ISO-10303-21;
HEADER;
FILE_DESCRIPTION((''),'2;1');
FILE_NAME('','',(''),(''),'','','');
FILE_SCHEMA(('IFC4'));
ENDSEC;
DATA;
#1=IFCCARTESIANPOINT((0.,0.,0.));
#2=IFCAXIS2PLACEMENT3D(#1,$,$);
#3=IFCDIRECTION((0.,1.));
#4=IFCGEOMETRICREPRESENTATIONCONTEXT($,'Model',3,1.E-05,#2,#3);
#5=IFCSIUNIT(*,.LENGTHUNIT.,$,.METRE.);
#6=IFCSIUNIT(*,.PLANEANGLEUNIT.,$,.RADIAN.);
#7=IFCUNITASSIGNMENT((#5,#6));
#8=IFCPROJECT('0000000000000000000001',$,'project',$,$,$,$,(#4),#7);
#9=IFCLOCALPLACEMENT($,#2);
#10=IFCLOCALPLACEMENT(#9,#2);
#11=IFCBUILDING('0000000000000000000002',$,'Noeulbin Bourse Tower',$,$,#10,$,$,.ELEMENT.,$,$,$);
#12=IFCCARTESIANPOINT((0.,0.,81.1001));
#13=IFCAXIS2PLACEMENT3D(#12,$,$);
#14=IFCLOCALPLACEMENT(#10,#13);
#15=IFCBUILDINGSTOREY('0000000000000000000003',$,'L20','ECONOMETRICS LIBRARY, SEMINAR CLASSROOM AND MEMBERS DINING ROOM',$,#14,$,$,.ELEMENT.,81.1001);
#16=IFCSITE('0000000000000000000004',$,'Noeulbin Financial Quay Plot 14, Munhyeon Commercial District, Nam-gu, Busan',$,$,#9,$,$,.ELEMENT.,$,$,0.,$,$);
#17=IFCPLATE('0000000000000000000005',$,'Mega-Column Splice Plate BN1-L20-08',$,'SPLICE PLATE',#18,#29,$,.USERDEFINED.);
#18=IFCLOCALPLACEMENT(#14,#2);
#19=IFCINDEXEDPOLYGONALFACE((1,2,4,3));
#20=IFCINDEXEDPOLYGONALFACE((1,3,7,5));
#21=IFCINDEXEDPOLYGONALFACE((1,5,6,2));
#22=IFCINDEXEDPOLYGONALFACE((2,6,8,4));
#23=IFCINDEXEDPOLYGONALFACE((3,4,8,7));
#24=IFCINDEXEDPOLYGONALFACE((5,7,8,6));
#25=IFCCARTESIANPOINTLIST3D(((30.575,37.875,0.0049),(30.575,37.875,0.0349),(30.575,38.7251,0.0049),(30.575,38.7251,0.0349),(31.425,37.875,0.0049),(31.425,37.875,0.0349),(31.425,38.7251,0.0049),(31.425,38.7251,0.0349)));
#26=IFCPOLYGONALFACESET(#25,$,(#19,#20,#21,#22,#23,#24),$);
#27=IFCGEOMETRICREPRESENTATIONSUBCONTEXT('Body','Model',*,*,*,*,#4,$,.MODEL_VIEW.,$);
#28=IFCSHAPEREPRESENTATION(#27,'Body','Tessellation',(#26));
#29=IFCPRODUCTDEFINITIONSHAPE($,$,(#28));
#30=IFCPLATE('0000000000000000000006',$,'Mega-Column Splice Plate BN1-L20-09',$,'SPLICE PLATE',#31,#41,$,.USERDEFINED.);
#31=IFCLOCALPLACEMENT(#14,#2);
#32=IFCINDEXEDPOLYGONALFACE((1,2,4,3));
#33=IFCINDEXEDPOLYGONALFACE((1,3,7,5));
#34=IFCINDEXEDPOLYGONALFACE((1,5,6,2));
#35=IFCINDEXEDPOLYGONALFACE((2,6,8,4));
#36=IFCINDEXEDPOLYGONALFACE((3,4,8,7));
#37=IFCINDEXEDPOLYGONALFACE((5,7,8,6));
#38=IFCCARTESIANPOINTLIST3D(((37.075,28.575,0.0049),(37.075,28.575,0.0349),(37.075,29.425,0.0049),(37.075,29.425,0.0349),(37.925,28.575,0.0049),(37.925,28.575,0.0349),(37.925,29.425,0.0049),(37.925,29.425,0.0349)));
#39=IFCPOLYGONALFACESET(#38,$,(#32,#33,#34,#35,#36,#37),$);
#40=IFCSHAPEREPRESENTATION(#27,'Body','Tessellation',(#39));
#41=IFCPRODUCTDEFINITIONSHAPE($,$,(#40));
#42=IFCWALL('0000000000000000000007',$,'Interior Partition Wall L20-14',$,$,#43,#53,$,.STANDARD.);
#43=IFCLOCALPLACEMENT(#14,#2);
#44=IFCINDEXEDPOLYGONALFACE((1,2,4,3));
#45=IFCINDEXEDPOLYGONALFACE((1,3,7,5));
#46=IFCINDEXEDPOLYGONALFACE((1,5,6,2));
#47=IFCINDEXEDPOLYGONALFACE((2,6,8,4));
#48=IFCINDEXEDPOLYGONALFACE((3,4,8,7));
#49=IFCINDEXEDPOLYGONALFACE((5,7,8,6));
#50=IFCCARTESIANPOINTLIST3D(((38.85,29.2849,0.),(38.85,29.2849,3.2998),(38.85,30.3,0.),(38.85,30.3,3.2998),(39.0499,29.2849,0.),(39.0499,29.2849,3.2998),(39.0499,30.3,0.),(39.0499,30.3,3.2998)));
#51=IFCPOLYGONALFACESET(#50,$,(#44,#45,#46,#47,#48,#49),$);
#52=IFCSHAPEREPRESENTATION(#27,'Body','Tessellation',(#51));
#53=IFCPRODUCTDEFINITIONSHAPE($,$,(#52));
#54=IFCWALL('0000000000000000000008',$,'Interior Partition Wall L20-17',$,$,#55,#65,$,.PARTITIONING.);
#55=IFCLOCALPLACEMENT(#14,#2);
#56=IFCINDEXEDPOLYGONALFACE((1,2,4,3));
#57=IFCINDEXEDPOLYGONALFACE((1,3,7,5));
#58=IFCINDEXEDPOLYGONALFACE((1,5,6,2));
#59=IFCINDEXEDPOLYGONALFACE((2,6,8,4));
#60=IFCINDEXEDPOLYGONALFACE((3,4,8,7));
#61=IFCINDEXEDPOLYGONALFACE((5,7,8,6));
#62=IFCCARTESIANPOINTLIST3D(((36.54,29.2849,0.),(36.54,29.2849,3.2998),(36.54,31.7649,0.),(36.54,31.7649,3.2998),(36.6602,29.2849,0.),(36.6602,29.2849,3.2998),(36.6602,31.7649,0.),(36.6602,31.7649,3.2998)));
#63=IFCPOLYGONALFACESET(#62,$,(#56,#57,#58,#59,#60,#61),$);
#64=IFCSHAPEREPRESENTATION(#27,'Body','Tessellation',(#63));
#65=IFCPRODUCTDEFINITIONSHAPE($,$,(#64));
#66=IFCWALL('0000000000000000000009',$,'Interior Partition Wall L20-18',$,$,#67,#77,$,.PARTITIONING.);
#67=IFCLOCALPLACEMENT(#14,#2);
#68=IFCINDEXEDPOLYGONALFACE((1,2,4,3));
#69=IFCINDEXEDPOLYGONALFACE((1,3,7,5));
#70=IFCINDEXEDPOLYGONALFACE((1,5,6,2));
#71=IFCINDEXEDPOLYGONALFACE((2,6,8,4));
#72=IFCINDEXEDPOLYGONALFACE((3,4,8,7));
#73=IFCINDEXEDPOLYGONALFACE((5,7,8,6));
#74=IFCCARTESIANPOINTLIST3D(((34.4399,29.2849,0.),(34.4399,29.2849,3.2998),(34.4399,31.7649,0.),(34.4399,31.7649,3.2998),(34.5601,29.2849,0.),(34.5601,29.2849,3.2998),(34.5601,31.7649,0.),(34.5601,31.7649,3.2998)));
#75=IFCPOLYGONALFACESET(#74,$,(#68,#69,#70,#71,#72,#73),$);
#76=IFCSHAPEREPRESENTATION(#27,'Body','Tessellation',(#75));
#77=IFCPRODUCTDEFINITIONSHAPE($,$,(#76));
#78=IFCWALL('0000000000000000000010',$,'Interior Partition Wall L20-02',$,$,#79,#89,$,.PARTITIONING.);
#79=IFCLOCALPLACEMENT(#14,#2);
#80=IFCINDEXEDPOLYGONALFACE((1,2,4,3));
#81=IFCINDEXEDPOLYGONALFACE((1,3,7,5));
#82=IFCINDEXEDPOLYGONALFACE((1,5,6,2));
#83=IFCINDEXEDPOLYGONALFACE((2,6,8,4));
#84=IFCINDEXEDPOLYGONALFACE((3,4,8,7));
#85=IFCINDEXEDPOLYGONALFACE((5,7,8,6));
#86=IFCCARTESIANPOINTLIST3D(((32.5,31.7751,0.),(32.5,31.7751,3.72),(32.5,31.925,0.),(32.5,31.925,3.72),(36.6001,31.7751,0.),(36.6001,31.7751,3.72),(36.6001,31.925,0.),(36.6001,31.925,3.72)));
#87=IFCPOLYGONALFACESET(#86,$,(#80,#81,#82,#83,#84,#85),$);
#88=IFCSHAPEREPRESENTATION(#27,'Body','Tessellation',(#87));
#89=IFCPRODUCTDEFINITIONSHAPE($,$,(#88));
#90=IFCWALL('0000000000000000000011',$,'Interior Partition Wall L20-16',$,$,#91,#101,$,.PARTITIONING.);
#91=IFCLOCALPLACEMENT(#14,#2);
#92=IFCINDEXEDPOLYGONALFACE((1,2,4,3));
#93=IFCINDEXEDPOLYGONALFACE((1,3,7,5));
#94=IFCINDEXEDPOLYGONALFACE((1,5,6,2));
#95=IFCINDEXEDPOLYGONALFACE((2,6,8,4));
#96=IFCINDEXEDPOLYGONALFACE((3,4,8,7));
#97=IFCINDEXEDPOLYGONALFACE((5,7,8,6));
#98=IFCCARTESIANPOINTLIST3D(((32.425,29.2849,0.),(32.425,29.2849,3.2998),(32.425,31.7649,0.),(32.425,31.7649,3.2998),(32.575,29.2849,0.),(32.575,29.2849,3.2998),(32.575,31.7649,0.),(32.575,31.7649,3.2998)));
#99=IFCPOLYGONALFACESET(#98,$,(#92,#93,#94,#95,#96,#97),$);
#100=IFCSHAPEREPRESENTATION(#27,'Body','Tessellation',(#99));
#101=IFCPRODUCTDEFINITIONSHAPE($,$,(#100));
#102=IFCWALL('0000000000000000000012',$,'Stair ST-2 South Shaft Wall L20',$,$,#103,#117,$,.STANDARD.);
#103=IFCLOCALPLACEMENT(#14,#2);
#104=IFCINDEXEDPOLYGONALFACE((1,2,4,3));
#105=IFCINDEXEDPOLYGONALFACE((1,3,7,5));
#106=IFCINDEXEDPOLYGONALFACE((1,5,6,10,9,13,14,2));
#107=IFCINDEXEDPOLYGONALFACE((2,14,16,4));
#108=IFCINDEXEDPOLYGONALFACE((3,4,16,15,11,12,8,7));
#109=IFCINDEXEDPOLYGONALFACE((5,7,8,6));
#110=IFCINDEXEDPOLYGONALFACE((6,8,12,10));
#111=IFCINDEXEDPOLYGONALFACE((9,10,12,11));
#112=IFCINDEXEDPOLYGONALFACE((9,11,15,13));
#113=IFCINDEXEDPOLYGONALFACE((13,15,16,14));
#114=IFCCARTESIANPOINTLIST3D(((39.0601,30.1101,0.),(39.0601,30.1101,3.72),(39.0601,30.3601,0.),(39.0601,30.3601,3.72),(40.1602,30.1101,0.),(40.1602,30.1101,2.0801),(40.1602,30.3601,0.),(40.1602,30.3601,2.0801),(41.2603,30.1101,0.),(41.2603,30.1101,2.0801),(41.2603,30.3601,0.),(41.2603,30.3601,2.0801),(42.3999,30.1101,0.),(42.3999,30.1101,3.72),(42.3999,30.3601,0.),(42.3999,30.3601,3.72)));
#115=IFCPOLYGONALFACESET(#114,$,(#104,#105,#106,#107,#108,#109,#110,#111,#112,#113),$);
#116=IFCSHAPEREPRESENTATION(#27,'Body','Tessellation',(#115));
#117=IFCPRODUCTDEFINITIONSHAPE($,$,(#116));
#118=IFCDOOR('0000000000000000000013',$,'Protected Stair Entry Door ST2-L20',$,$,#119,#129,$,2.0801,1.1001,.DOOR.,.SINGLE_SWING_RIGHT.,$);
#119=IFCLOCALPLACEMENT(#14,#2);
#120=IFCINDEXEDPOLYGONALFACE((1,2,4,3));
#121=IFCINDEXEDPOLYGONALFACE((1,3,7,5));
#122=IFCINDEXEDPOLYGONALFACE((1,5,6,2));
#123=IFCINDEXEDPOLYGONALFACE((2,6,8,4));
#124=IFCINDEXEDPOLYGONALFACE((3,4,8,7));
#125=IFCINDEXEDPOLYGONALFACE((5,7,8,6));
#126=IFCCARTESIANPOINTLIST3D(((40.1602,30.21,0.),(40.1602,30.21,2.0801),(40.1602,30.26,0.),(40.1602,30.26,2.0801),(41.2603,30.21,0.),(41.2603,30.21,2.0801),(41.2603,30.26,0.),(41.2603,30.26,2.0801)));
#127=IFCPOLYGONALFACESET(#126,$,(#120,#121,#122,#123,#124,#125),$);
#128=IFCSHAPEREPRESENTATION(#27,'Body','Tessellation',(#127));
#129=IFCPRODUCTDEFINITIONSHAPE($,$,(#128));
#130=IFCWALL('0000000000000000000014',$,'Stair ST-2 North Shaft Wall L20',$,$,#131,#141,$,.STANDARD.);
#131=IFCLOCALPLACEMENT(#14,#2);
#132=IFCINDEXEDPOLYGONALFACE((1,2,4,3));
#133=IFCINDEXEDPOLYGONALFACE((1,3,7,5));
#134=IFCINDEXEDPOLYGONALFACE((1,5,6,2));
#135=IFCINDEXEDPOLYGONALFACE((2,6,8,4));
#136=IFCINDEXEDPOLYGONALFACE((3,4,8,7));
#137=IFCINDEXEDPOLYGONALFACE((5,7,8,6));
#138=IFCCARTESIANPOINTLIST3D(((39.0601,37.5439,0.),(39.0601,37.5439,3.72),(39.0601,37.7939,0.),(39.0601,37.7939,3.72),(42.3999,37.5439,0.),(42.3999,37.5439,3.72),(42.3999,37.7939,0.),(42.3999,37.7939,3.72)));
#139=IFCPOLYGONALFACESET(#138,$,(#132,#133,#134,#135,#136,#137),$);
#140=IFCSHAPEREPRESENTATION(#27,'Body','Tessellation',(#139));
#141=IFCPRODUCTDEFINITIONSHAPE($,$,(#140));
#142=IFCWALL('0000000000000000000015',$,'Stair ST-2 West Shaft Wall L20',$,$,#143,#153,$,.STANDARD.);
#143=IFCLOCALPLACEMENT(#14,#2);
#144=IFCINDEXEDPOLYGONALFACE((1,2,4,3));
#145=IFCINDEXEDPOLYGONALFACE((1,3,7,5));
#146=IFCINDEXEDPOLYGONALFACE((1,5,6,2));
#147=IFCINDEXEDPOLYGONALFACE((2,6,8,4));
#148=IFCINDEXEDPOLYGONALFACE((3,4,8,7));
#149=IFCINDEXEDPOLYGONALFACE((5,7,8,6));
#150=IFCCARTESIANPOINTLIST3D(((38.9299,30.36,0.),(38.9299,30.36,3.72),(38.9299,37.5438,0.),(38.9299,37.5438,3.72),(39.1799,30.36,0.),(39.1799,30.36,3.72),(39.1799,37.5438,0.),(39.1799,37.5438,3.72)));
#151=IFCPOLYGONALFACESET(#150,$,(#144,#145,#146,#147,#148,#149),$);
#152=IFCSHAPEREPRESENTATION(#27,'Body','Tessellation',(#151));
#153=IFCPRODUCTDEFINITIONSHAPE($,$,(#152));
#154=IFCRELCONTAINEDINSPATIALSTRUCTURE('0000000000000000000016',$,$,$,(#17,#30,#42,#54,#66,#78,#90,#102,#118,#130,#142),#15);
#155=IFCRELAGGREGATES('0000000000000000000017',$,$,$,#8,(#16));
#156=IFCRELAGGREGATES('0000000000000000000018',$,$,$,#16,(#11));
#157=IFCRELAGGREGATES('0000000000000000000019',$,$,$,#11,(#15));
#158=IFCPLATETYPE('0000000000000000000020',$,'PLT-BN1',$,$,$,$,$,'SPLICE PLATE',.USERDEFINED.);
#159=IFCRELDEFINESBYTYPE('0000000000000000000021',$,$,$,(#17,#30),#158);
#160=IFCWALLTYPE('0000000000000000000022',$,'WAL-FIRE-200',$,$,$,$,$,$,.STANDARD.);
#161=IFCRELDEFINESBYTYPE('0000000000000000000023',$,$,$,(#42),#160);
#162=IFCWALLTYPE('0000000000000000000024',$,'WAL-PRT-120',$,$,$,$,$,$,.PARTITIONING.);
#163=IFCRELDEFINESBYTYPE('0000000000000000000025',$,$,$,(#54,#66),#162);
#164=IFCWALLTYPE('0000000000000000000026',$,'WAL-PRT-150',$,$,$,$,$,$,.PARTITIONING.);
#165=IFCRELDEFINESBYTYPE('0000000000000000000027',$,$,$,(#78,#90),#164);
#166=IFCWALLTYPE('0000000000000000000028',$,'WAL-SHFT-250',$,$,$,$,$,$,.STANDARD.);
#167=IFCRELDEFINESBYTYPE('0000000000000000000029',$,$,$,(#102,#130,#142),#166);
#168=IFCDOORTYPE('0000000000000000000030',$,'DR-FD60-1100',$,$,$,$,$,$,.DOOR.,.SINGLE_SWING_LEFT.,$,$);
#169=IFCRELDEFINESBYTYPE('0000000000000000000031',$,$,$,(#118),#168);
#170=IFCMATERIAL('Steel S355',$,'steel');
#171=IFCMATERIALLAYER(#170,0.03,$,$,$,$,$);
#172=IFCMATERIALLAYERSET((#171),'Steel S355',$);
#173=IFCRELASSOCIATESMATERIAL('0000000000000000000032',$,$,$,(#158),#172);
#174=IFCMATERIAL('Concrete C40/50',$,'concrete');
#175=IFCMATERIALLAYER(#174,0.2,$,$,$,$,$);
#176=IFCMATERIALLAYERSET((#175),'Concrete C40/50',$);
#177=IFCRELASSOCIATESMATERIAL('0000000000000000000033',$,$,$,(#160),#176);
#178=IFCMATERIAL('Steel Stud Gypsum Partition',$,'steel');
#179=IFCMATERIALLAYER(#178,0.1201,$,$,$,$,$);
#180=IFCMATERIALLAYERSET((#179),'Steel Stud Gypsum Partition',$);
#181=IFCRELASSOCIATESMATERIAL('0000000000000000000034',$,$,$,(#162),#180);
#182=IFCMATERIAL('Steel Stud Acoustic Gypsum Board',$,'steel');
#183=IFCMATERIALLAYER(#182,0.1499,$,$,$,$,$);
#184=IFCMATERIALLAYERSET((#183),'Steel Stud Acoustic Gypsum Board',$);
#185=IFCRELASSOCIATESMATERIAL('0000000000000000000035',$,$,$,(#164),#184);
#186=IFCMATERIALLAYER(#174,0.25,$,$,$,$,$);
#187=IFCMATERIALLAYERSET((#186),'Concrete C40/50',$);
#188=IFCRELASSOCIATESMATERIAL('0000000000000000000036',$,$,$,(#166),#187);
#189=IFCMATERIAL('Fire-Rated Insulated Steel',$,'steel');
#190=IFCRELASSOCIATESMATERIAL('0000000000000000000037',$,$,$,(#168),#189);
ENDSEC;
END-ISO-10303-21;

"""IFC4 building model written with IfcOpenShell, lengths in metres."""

from ifc_helpers import new_model, si_unit, direction, frame, frame_2d, origin, origin_2d, place, context, subcontext, project, spatial, rectangle, extrude, material, layer, layer_set, type_object, element, fill, save


model = new_model("IFC4")

# Units and contexts
model_context = context("Model", 3, precision=1e-05, world=origin(), true_north=direction((0.0, 1.0)))
body_context = subcontext(model_context, "Body", "Model", "MODEL_VIEW")
ifc_project = project(units=[si_unit("LENGTHUNIT", "METRE"), si_unit("PLANEANGLEUNIT", "RADIAN")], contexts=[model_context])

# Site, building, storey
site_placement = place(None, origin())
site = spatial("IfcSite", under=ifc_project, at=site_placement, Name="Noeulbin Financial Quay Plot 14, Munhyeon Commercial District, Nam-gu, Busan", CompositionType="ELEMENT", RefElevation=0.0)
building_placement = place(site_placement, origin())
building = spatial("IfcBuilding", under=site, at=building_placement, Name="Noeulbin Bourse Tower", CompositionType="ELEMENT")
storey_placement = place(building_placement, frame((0.0, 0.0, 81.1001)))
storey = spatial("IfcBuildingStorey", under=building, at=storey_placement, Name="L20", Description="ECONOMETRICS LIBRARY, SEMINAR CLASSROOM AND MEMBERS DINING ROOM", CompositionType="ELEMENT", Elevation=81.1001)

# Shared definitions
ifc_material_1 = material(Name="Steel S355", Category="steel")

# Plates
ifc_layer_1 = layer(ifc_material_1, 0.03)
ifc_layer_set_1 = layer_set([ifc_layer_1], Name="Steel S355")
plate_type = type_object("IfcPlateType", Name="PLT-BN1", ElementType="SPLICE PLATE", PredefinedType="USERDEFINED", material=ifc_layer_set_1)
for number, where, z_axis, x_axis, name in (
    (1, (31.0, 38.3, 0.0049), (0.0, 0.0, 1.0), (1.0, 0.0, 0.0), "Mega-Column Splice Plate BN1-L20-08"),
    (2, (37.5, 29.0, 0.0049), (0.0, 0.0, 1.0), (1.0, 0.0, 0.0), "Mega-Column Splice Plate BN1-L20-09"),
):
    element("IfcPlate", number, at=place(storey_placement, frame(where, z_axis=z_axis, x_axis=x_axis)), inside=storey, type_object=plate_type, Name=name, ObjectType="SPLICE PLATE", PredefinedType="USERDEFINED", context=body_context, shape_type="SweptSolid", body=[
        extrude(rectangle(XDim=0.8501, YDim=0.8501, at=origin_2d()), origin(), (0.0, 0.0, 1.0), 0.03),
    ])

# Walls
ifc_material_2 = material(Name="Concrete C40/50", Category="concrete")
ifc_layer_2 = layer(ifc_material_2, 0.2)
ifc_layer_set_2 = layer_set([ifc_layer_2], Name="Concrete C40/50")
wall_type_1 = type_object("IfcWallType", Name="WAL-FIRE-200", PredefinedType="STANDARD", material=ifc_layer_set_2)
wall_1_placement = place(storey_placement, frame((38.95, 29.2849, 0.0), z_axis=(0.0, 0.0, 1.0), x_axis=(0.0, 1.0, 0.0)))
element("IfcWall", 3, at=wall_1_placement, inside=storey, type_object=wall_type_1, Name="Interior Partition Wall L20-14", PredefinedType="STANDARD", context=body_context, shape_type="SweptSolid", body=[
    extrude(rectangle(XDim=1.0151, YDim=0.2, at=frame_2d((0.5076, 0.0))), origin(), (0.0, 0.0, 1.0), 3.2998),
])
ifc_material_3 = material(Name="Steel Stud Gypsum Partition", Category="steel")
ifc_layer_3 = layer(ifc_material_3, 0.1201)
ifc_layer_set_3 = layer_set([ifc_layer_3], Name="Steel Stud Gypsum Partition")
wall_type_2 = type_object("IfcWallType", Name="WAL-PRT-120", PredefinedType="PARTITIONING", material=ifc_layer_set_3)
for number, where, z_axis, x_axis, name in (
    (4, (36.6001, 29.2849, 0.0), (0.0, 0.0, 1.0), (0.0, 1.0, 0.0), "Interior Partition Wall L20-17"),
    (5, (34.5, 29.2849, 0.0), (0.0, 0.0, 1.0), (0.0, 1.0, 0.0), "Interior Partition Wall L20-18"),
):
    element("IfcWall", number, at=place(storey_placement, frame(where, z_axis=z_axis, x_axis=x_axis)), inside=storey, type_object=wall_type_2, Name=name, PredefinedType="PARTITIONING", context=body_context, shape_type="SweptSolid", body=[
        extrude(rectangle(XDim=2.48, YDim=0.1201, at=frame_2d((1.24, 0.0))), origin(), (0.0, 0.0, 1.0), 3.2998),
    ])
ifc_material_4 = material(Name="Steel Stud Acoustic Gypsum Board", Category="steel")
ifc_layer_4 = layer(ifc_material_4, 0.1499)
ifc_layer_set_4 = layer_set([ifc_layer_4], Name="Steel Stud Acoustic Gypsum Board")
wall_type_3 = type_object("IfcWallType", Name="WAL-PRT-150", PredefinedType="PARTITIONING", material=ifc_layer_set_4)
wall_2_placement = place(storey_placement, frame((32.5, 31.8501, 0.0), z_axis=(0.0, 0.0, 1.0), x_axis=(1.0, 0.0, 0.0)))
element("IfcWall", 6, at=wall_2_placement, inside=storey, type_object=wall_type_3, Name="Interior Partition Wall L20-02", PredefinedType="PARTITIONING", context=body_context, shape_type="SweptSolid", body=[
    extrude(rectangle(XDim=4.1001, YDim=0.1499, at=frame_2d((2.05, 0.0))), origin(), (0.0, 0.0, 1.0), 3.72),
])
wall_3_placement = place(storey_placement, frame((32.5, 29.2849, 0.0), z_axis=(0.0, 0.0, 1.0), x_axis=(0.0, 1.0, 0.0)))
element("IfcWall", 7, at=wall_3_placement, inside=storey, type_object=wall_type_3, Name="Interior Partition Wall L20-16", PredefinedType="PARTITIONING", context=body_context, shape_type="SweptSolid", body=[
    extrude(rectangle(XDim=2.48, YDim=0.1499, at=frame_2d((1.24, 0.0))), origin(), (0.0, 0.0, 1.0), 3.2998),
])

# Wall, opening, door
ifc_layer_5 = layer(ifc_material_2, 0.25)
ifc_layer_set_5 = layer_set([ifc_layer_5], Name="Concrete C40/50")
wall_type_4 = type_object("IfcWallType", Name="WAL-SHFT-250", PredefinedType="STANDARD", material=ifc_layer_set_5)
wall_4_placement = place(storey_placement, frame((39.0601, 30.2351, 0.0), z_axis=(0.0, 0.0, 1.0), x_axis=(1.0, 0.0, 0.0)))
wall_4 = element("IfcWall", 8, at=wall_4_placement, inside=storey, type_object=wall_type_4, Name="Stair ST-2 South Shaft Wall L20", PredefinedType="STANDARD", context=body_context, shape_type="SweptSolid", body=[
    extrude(rectangle(XDim=3.3398, YDim=0.25, at=frame_2d((1.6699, 0.0))), origin(), (0.0, 0.0, 1.0), 3.72),
])
opening_1_placement = place(wall_4_placement, frame((1.1001, 0.0, 0.0)))
opening_1 = element("IfcOpeningElement", 9, at=opening_1_placement, cuts=wall_4, PredefinedType="OPENING", context=body_context, shape_type="SweptSolid", body=[
    extrude(rectangle(XDim=1.1001, YDim=2.0801, at=frame_2d((0.55, 1.04))), frame((0.0, 0.135, 0.0), z_axis=(0.0, -1.0, 0.0), x_axis=(1.0, 0.0, 0.0)), (0.0, 0.0, 1.0), 0.27),
])
ifc_material_5 = material(Name="Fire-Rated Insulated Steel", Category="steel")
door_type_1 = type_object("IfcDoorType", Name="DR-FD60-1100", OperationType="SINGLE_SWING_LEFT", PredefinedType="DOOR", material=ifc_material_5)
door_1_placement = place(opening_1_placement, origin())
door_1 = element("IfcDoor", 10, at=door_1_placement, inside=storey, type_object=door_type_1, Name="Protected Stair Entry Door ST2-L20", OperationType="SINGLE_SWING_RIGHT", OverallHeight=2.0801, OverallWidth=1.1001, PredefinedType="DOOR", context=body_context, shape_type="SweptSolid", body=[
    extrude(rectangle(XDim=1.1001, YDim=2.0801, at=frame_2d((0.55, 1.04))), frame((0.0, 0.0249, 0.0), z_axis=(0.0, -1.0, 0.0), x_axis=(1.0, 0.0, 0.0)), (0.0, 0.0, 1.0), 0.05),
])
fill(opening_1, door_1)

# Walls
wall_5_placement = place(storey_placement, frame((39.0601, 37.6689, 0.0), z_axis=(0.0, 0.0, 1.0), x_axis=(1.0, 0.0, 0.0)))
element("IfcWall", 11, at=wall_5_placement, inside=storey, type_object=wall_type_4, Name="Stair ST-2 North Shaft Wall L20", PredefinedType="STANDARD", context=body_context, shape_type="SweptSolid", body=[
    extrude(rectangle(XDim=3.3398, YDim=0.25, at=frame_2d((1.6699, 0.0))), origin(), (0.0, 0.0, 1.0), 3.72),
])
wall_6_placement = place(storey_placement, frame((39.0549, 30.3601, 0.0), z_axis=(0.0, 0.0, 1.0), x_axis=(0.0, 1.0, 0.0)))
element("IfcWall", 12, at=wall_6_placement, inside=storey, type_object=wall_type_4, Name="Stair ST-2 West Shaft Wall L20", PredefinedType="STANDARD", context=body_context, shape_type="SweptSolid", body=[
    extrude(rectangle(XDim=7.1838, YDim=0.25, at=frame_2d((3.5918, 0.0))), origin(), (0.0, 0.0, 1.0), 3.72),
])

save(model, "model.ifc")
